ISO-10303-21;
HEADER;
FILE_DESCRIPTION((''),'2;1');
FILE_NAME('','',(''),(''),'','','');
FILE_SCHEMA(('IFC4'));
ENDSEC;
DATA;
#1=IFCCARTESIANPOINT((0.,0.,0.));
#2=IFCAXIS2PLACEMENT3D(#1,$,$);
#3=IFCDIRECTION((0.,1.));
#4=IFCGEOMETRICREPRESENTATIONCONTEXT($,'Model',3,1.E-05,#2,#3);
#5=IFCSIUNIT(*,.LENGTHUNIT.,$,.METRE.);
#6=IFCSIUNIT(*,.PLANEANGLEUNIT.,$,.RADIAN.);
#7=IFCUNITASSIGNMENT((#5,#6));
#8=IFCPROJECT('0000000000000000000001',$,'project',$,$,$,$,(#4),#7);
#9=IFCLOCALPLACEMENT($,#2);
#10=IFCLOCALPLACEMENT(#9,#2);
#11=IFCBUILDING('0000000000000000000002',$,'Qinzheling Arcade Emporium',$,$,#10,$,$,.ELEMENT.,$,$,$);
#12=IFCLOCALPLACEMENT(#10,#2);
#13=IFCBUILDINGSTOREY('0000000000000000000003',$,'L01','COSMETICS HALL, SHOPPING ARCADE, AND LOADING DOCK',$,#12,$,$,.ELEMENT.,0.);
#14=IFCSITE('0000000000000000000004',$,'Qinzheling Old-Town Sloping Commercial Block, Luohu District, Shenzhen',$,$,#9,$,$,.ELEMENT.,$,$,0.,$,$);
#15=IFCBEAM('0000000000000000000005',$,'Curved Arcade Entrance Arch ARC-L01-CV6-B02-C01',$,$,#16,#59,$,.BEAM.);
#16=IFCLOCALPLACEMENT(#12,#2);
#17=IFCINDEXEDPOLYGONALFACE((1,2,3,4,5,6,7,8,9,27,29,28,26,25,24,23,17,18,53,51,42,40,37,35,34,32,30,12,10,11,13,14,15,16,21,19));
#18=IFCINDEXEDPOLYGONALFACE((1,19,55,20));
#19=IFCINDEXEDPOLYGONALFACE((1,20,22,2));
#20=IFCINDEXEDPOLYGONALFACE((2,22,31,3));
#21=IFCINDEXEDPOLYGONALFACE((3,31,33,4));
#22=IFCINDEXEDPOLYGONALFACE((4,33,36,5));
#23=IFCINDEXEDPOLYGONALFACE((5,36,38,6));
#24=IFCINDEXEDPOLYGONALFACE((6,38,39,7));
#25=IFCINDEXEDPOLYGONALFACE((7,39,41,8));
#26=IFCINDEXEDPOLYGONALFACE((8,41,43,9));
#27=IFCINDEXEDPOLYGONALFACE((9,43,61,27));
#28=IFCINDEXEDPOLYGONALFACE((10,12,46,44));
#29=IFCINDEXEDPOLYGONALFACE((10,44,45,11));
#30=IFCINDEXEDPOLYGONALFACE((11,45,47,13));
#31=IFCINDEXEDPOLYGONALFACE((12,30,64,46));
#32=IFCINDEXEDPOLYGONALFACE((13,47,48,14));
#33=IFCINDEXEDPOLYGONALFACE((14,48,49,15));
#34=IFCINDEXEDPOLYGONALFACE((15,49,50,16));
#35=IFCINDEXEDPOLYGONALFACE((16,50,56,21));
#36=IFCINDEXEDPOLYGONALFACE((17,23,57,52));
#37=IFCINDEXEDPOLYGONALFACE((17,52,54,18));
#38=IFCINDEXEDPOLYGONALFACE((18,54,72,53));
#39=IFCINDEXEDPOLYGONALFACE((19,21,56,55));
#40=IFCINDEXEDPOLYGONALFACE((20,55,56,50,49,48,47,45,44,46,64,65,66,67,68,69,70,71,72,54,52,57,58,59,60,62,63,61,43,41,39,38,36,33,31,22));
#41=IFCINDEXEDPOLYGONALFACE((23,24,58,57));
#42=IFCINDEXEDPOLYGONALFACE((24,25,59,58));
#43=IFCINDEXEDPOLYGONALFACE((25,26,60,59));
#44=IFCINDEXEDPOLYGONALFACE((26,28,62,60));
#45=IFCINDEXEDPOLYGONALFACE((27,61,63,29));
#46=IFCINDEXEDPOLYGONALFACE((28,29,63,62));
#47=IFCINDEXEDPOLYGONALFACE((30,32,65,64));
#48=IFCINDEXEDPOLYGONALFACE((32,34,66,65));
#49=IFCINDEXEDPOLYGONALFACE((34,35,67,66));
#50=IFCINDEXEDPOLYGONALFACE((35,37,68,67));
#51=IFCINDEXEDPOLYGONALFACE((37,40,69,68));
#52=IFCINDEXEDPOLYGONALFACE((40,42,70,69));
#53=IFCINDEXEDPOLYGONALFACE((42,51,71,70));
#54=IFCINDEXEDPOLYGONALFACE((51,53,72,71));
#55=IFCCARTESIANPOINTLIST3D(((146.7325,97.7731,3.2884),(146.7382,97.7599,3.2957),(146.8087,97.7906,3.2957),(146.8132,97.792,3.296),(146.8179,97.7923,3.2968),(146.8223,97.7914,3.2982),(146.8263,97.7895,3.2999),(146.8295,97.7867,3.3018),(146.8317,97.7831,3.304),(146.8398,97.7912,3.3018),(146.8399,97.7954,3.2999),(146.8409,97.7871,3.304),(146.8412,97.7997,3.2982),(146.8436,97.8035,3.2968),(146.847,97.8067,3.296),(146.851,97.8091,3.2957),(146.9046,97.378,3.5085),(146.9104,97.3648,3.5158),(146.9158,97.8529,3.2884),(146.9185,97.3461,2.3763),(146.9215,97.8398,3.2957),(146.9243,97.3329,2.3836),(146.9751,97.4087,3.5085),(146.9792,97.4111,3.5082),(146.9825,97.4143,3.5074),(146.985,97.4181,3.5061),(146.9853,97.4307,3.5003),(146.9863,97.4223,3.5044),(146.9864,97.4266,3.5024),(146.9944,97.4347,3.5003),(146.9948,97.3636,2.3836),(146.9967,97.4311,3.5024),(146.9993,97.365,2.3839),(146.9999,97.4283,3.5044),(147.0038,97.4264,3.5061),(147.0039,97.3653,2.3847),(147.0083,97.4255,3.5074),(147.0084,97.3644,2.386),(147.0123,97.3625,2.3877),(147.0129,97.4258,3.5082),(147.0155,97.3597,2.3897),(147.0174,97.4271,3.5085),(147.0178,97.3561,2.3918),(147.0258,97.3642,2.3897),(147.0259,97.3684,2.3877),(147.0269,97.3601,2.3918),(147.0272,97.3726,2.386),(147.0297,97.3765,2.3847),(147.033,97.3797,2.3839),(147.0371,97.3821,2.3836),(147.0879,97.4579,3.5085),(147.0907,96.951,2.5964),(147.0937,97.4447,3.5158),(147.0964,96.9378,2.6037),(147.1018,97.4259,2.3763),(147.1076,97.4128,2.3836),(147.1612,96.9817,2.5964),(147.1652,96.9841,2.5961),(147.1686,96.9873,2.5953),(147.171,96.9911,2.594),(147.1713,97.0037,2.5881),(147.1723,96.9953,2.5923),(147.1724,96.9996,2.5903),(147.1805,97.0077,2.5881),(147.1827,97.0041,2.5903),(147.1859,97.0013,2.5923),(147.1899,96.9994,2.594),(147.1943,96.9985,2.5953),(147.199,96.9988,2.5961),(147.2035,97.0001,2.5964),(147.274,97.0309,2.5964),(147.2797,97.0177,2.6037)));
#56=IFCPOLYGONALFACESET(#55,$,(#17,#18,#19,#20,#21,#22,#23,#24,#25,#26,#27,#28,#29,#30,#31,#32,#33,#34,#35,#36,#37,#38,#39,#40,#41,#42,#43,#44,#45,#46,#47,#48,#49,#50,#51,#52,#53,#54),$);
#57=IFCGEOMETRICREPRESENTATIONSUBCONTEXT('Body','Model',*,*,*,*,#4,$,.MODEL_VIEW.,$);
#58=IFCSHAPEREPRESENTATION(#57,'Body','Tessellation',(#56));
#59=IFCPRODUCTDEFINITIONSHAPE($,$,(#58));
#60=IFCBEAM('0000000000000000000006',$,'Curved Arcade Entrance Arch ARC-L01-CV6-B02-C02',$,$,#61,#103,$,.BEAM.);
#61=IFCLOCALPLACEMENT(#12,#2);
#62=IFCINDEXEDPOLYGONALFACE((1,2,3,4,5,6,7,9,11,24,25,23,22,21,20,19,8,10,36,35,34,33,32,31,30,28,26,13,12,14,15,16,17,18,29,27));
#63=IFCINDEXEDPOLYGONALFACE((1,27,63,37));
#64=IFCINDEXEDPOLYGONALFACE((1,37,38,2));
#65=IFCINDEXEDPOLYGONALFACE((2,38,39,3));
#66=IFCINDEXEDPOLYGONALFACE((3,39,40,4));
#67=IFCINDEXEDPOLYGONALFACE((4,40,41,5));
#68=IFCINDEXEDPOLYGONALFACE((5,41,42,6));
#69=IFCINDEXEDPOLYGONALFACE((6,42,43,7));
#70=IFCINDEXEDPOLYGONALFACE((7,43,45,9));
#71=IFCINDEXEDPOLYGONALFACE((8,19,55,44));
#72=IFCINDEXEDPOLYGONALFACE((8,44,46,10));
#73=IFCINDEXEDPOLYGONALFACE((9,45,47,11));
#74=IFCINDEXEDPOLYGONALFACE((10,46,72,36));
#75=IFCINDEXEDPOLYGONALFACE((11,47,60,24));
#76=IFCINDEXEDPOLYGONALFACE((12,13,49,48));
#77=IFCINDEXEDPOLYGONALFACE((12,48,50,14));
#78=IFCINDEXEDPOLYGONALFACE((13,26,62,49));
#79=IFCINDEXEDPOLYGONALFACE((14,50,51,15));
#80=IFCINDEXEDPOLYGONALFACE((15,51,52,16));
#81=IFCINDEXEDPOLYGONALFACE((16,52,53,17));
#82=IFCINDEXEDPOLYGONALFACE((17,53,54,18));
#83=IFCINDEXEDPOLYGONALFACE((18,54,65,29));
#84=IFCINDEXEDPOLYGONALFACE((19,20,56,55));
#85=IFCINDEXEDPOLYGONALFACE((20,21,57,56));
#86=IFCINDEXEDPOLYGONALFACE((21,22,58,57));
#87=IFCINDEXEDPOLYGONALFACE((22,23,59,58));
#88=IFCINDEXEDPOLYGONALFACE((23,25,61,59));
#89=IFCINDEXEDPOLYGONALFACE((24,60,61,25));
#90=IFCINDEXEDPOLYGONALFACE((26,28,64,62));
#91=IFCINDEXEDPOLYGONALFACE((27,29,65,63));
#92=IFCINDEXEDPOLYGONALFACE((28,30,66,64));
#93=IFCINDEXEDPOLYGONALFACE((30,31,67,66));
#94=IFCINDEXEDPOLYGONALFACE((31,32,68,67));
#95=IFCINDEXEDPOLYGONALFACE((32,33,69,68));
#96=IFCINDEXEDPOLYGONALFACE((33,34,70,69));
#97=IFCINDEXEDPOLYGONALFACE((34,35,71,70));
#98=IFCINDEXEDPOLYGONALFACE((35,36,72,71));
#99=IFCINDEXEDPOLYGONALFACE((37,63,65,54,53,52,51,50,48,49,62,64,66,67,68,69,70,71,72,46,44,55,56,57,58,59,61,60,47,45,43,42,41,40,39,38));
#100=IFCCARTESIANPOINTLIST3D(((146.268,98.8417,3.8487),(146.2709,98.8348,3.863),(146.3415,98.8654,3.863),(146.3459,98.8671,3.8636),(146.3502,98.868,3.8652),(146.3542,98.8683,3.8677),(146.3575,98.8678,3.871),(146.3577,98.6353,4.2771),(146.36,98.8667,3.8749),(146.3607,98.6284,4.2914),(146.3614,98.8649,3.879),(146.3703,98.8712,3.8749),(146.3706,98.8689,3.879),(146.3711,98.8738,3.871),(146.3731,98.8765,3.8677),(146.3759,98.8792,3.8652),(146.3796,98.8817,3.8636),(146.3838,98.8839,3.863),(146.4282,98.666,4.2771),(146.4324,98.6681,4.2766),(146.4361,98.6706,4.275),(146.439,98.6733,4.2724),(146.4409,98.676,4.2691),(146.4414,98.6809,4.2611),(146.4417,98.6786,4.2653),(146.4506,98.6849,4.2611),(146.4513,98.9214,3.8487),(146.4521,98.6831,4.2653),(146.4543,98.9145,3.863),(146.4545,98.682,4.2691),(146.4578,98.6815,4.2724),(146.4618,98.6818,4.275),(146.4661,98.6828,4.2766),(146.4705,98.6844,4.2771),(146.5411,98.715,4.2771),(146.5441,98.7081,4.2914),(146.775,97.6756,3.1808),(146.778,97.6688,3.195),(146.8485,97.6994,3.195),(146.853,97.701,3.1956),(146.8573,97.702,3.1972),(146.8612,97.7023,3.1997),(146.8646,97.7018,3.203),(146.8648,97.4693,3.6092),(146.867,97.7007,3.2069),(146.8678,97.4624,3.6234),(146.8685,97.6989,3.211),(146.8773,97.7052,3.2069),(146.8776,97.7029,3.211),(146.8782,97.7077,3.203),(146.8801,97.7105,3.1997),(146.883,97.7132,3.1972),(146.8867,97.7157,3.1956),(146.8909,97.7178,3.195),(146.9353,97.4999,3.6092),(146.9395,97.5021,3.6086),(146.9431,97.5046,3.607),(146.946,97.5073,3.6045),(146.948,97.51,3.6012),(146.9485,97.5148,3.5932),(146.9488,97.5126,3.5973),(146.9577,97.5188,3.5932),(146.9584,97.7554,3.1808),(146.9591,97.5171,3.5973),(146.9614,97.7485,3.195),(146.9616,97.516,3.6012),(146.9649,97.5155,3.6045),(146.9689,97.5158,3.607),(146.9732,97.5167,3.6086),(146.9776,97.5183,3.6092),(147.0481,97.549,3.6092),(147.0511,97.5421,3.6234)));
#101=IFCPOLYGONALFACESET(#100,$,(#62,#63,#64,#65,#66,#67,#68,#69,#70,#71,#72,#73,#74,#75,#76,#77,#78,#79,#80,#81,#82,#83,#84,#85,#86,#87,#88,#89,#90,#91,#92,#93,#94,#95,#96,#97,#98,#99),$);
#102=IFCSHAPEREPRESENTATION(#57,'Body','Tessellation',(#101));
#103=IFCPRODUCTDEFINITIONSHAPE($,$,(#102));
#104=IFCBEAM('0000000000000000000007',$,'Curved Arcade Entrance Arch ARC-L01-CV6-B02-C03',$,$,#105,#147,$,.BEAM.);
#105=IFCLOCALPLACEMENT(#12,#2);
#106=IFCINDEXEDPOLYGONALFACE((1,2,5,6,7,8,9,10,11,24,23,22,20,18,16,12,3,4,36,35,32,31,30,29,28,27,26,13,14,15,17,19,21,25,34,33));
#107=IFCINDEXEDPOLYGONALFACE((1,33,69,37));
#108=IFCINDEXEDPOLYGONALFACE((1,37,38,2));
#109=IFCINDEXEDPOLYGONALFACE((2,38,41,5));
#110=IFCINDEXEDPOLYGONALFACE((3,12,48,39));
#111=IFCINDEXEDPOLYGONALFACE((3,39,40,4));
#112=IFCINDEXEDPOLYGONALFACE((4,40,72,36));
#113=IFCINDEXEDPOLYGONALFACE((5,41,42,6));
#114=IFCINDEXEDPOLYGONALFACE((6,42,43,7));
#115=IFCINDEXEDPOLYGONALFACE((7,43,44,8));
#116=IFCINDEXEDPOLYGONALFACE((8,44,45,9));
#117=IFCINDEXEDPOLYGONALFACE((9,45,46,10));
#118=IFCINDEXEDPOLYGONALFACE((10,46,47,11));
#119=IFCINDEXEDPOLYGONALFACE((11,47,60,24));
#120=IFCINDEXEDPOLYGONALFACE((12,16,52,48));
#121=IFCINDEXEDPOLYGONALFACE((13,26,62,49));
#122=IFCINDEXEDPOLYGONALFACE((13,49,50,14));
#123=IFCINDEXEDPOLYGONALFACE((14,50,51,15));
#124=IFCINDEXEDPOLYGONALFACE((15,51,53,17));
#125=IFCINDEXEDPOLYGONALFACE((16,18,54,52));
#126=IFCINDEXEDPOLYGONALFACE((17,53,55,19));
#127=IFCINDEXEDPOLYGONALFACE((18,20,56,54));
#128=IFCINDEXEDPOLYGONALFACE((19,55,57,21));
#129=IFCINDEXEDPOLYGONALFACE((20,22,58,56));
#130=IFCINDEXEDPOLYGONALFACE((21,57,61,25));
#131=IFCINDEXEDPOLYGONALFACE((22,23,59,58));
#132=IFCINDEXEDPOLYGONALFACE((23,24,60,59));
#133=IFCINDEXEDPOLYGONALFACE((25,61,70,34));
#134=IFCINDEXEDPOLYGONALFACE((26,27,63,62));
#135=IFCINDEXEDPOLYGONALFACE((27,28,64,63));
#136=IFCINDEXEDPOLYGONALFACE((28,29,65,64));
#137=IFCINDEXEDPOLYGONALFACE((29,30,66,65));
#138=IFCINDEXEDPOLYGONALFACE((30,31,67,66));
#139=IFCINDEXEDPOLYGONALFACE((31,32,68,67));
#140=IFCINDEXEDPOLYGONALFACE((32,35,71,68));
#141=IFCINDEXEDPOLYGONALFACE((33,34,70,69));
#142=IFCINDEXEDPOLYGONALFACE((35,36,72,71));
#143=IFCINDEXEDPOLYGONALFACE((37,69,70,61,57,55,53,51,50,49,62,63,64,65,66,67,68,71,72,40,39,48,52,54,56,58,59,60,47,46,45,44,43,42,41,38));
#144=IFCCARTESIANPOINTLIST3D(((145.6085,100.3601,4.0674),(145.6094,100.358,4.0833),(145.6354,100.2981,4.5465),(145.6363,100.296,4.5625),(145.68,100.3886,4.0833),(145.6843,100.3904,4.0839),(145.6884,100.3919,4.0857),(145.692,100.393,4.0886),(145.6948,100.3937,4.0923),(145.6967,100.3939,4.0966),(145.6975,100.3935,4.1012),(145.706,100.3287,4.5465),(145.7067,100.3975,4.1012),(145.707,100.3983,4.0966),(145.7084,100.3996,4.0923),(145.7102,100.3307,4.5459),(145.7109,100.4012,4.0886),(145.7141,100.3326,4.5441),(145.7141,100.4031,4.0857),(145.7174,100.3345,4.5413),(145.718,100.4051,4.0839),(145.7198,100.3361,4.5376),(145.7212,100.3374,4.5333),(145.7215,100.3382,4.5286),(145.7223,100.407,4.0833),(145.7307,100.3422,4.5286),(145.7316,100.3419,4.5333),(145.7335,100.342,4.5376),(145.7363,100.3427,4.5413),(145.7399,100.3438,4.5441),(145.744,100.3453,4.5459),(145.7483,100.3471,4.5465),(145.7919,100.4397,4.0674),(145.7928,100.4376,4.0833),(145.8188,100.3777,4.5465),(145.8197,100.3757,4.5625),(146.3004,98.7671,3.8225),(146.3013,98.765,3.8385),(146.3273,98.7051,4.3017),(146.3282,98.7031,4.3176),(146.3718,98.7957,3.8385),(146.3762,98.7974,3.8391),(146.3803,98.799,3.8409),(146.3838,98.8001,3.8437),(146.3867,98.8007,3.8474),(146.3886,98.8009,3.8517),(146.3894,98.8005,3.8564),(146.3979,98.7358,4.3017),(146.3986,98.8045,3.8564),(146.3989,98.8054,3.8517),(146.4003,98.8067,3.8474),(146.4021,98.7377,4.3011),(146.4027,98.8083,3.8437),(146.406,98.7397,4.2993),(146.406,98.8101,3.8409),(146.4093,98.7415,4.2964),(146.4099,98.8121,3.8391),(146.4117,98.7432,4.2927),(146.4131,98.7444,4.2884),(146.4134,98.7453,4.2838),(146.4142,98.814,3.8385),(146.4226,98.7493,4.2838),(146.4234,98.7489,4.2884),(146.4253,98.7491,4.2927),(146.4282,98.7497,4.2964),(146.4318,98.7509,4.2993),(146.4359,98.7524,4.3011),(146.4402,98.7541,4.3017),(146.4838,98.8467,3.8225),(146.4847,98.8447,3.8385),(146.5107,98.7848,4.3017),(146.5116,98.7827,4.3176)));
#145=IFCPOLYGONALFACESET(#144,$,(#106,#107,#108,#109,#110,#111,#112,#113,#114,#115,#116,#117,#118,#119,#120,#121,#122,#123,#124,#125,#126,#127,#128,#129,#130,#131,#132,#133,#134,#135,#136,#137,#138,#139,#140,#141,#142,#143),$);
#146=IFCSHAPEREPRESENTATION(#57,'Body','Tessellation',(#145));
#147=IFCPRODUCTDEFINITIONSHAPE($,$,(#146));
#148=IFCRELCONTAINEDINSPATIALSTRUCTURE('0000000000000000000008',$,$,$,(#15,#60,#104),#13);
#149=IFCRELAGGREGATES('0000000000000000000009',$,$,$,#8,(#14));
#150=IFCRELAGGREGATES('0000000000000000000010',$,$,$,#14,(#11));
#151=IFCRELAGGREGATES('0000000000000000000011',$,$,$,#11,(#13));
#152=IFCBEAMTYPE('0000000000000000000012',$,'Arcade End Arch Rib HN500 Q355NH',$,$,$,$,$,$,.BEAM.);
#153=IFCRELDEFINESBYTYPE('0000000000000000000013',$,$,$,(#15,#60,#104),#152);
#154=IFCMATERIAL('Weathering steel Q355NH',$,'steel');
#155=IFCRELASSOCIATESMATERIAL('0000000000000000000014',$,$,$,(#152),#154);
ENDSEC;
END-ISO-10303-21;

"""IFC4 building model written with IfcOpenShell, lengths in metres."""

from ifc_helpers import new_model, si_unit, direction, frame, origin, origin_2d, place, context, subcontext, project, spatial, i_section, extrude, material, material_profile, profile_set, type_object, element, save


model = new_model("IFC4")

# Units and contexts
model_context = context("Model", 3, precision=1e-05, world=origin(), true_north=direction((0.0, 1.0)))
body_context = subcontext(model_context, "Body", "Model", "MODEL_VIEW")
ifc_project = project(units=[si_unit("LENGTHUNIT", "METRE"), si_unit("PLANEANGLEUNIT", "RADIAN")], contexts=[model_context])

# Site, building, storey
site_placement = place(None, origin())
site = spatial("IfcSite", under=ifc_project, at=site_placement, Name="Qinzheling Old-Town Sloping Commercial Block, Luohu District, Shenzhen", CompositionType="ELEMENT", RefElevation=0.0)
building_placement = place(site_placement, origin())
building = spatial("IfcBuilding", under=site, at=building_placement, Name="Qinzheling Arcade Emporium", CompositionType="ELEMENT")
storey_placement = place(building_placement, origin())
storey = spatial("IfcBuildingStorey", under=building, at=storey_placement, Name="L01", Description="COSMETICS HALL, SHOPPING ARCADE, AND LOADING DOCK", CompositionType="ELEMENT", Elevation=0.0)

# Beams
ifc_material_1 = material(Name="Weathering steel Q355NH", Category="steel")
ifc_material_profile_1 = material_profile(ifc_material_1, i_section(OverallWidth=0.2, OverallDepth=0.5, WebThickness=0.01, FlangeThickness=0.0161, FilletRadius=0.0181, at=origin_2d()), Name="HN 500x200x10x16", Category="steel")
ifc_profile_set_1 = profile_set([ifc_material_profile_1], Name="Weathering steel Q355NH")
beam_type_1 = type_object("IfcBeamType", Name="Arcade End Arch Rib HN500 Q355NH", PredefinedType="BEAM", material=ifc_profile_set_1)
beam_1_placement = place(storey_placement, frame((147.0991, 97.1819, 2.49), z_axis=(-0.181648, 0.416933, 0.890601), x_axis=(-0.91677, -0.399416, 0.0)))
element("IfcBeam", 1, at=beam_1_placement, inside=storey, type_object=beam_type_1, Name="Curved Arcade Entrance Arch ARC-L01-CV6-B02-C01", PredefinedType="BEAM", context=body_context, shape_type="SweptSolid", body=[
    extrude(i_section(OverallWidth=0.2, OverallDepth=0.5, WebThickness=0.01, FlangeThickness=0.0161, FilletRadius=0.0181, at=origin_2d()), origin(), (0.0, 0.0, 1.0), 1.0242),
])
beam_2_placement = place(storey_placement, frame((146.9131, 97.6089, 3.4021), z_axis=(-0.353051, 0.811829, 0.465068), x_axis=(-0.917036, -0.398803, 0.0)))
element("IfcBeam", 2, at=beam_2_placement, inside=storey, type_object=beam_type_1, Name="Curved Arcade Entrance Arch ARC-L01-CV6-B02-C02", PredefinedType="BEAM", context=body_context, shape_type="SweptSolid", body=[
    extrude(i_section(OverallWidth=0.2, OverallDepth=0.5, WebThickness=0.01, FlangeThickness=0.0161, FilletRadius=0.0181, at=origin_2d()), origin(), (0.0, 0.0, 1.0), 1.4363),
])
beam_3_placement = place(storey_placement, frame((146.406, 98.7749, 4.0701), z_axis=(-0.394475, 0.908239, 0.139611), x_axis=(-0.917222, -0.398377, 0.0)))
element("IfcBeam", 3, at=beam_3_placement, inside=storey, type_object=beam_type_1, Name="Curved Arcade Entrance Arch ARC-L01-CV6-B02-C03", PredefinedType="BEAM", context=body_context, shape_type="SweptSolid", body=[
    extrude(i_section(OverallWidth=0.2, OverallDepth=0.5, WebThickness=0.01, FlangeThickness=0.0161, FilletRadius=0.0181, at=origin_2d()), origin(), (0.0, 0.0, 1.0), 1.7539),
])

save(model, "model.ifc")
